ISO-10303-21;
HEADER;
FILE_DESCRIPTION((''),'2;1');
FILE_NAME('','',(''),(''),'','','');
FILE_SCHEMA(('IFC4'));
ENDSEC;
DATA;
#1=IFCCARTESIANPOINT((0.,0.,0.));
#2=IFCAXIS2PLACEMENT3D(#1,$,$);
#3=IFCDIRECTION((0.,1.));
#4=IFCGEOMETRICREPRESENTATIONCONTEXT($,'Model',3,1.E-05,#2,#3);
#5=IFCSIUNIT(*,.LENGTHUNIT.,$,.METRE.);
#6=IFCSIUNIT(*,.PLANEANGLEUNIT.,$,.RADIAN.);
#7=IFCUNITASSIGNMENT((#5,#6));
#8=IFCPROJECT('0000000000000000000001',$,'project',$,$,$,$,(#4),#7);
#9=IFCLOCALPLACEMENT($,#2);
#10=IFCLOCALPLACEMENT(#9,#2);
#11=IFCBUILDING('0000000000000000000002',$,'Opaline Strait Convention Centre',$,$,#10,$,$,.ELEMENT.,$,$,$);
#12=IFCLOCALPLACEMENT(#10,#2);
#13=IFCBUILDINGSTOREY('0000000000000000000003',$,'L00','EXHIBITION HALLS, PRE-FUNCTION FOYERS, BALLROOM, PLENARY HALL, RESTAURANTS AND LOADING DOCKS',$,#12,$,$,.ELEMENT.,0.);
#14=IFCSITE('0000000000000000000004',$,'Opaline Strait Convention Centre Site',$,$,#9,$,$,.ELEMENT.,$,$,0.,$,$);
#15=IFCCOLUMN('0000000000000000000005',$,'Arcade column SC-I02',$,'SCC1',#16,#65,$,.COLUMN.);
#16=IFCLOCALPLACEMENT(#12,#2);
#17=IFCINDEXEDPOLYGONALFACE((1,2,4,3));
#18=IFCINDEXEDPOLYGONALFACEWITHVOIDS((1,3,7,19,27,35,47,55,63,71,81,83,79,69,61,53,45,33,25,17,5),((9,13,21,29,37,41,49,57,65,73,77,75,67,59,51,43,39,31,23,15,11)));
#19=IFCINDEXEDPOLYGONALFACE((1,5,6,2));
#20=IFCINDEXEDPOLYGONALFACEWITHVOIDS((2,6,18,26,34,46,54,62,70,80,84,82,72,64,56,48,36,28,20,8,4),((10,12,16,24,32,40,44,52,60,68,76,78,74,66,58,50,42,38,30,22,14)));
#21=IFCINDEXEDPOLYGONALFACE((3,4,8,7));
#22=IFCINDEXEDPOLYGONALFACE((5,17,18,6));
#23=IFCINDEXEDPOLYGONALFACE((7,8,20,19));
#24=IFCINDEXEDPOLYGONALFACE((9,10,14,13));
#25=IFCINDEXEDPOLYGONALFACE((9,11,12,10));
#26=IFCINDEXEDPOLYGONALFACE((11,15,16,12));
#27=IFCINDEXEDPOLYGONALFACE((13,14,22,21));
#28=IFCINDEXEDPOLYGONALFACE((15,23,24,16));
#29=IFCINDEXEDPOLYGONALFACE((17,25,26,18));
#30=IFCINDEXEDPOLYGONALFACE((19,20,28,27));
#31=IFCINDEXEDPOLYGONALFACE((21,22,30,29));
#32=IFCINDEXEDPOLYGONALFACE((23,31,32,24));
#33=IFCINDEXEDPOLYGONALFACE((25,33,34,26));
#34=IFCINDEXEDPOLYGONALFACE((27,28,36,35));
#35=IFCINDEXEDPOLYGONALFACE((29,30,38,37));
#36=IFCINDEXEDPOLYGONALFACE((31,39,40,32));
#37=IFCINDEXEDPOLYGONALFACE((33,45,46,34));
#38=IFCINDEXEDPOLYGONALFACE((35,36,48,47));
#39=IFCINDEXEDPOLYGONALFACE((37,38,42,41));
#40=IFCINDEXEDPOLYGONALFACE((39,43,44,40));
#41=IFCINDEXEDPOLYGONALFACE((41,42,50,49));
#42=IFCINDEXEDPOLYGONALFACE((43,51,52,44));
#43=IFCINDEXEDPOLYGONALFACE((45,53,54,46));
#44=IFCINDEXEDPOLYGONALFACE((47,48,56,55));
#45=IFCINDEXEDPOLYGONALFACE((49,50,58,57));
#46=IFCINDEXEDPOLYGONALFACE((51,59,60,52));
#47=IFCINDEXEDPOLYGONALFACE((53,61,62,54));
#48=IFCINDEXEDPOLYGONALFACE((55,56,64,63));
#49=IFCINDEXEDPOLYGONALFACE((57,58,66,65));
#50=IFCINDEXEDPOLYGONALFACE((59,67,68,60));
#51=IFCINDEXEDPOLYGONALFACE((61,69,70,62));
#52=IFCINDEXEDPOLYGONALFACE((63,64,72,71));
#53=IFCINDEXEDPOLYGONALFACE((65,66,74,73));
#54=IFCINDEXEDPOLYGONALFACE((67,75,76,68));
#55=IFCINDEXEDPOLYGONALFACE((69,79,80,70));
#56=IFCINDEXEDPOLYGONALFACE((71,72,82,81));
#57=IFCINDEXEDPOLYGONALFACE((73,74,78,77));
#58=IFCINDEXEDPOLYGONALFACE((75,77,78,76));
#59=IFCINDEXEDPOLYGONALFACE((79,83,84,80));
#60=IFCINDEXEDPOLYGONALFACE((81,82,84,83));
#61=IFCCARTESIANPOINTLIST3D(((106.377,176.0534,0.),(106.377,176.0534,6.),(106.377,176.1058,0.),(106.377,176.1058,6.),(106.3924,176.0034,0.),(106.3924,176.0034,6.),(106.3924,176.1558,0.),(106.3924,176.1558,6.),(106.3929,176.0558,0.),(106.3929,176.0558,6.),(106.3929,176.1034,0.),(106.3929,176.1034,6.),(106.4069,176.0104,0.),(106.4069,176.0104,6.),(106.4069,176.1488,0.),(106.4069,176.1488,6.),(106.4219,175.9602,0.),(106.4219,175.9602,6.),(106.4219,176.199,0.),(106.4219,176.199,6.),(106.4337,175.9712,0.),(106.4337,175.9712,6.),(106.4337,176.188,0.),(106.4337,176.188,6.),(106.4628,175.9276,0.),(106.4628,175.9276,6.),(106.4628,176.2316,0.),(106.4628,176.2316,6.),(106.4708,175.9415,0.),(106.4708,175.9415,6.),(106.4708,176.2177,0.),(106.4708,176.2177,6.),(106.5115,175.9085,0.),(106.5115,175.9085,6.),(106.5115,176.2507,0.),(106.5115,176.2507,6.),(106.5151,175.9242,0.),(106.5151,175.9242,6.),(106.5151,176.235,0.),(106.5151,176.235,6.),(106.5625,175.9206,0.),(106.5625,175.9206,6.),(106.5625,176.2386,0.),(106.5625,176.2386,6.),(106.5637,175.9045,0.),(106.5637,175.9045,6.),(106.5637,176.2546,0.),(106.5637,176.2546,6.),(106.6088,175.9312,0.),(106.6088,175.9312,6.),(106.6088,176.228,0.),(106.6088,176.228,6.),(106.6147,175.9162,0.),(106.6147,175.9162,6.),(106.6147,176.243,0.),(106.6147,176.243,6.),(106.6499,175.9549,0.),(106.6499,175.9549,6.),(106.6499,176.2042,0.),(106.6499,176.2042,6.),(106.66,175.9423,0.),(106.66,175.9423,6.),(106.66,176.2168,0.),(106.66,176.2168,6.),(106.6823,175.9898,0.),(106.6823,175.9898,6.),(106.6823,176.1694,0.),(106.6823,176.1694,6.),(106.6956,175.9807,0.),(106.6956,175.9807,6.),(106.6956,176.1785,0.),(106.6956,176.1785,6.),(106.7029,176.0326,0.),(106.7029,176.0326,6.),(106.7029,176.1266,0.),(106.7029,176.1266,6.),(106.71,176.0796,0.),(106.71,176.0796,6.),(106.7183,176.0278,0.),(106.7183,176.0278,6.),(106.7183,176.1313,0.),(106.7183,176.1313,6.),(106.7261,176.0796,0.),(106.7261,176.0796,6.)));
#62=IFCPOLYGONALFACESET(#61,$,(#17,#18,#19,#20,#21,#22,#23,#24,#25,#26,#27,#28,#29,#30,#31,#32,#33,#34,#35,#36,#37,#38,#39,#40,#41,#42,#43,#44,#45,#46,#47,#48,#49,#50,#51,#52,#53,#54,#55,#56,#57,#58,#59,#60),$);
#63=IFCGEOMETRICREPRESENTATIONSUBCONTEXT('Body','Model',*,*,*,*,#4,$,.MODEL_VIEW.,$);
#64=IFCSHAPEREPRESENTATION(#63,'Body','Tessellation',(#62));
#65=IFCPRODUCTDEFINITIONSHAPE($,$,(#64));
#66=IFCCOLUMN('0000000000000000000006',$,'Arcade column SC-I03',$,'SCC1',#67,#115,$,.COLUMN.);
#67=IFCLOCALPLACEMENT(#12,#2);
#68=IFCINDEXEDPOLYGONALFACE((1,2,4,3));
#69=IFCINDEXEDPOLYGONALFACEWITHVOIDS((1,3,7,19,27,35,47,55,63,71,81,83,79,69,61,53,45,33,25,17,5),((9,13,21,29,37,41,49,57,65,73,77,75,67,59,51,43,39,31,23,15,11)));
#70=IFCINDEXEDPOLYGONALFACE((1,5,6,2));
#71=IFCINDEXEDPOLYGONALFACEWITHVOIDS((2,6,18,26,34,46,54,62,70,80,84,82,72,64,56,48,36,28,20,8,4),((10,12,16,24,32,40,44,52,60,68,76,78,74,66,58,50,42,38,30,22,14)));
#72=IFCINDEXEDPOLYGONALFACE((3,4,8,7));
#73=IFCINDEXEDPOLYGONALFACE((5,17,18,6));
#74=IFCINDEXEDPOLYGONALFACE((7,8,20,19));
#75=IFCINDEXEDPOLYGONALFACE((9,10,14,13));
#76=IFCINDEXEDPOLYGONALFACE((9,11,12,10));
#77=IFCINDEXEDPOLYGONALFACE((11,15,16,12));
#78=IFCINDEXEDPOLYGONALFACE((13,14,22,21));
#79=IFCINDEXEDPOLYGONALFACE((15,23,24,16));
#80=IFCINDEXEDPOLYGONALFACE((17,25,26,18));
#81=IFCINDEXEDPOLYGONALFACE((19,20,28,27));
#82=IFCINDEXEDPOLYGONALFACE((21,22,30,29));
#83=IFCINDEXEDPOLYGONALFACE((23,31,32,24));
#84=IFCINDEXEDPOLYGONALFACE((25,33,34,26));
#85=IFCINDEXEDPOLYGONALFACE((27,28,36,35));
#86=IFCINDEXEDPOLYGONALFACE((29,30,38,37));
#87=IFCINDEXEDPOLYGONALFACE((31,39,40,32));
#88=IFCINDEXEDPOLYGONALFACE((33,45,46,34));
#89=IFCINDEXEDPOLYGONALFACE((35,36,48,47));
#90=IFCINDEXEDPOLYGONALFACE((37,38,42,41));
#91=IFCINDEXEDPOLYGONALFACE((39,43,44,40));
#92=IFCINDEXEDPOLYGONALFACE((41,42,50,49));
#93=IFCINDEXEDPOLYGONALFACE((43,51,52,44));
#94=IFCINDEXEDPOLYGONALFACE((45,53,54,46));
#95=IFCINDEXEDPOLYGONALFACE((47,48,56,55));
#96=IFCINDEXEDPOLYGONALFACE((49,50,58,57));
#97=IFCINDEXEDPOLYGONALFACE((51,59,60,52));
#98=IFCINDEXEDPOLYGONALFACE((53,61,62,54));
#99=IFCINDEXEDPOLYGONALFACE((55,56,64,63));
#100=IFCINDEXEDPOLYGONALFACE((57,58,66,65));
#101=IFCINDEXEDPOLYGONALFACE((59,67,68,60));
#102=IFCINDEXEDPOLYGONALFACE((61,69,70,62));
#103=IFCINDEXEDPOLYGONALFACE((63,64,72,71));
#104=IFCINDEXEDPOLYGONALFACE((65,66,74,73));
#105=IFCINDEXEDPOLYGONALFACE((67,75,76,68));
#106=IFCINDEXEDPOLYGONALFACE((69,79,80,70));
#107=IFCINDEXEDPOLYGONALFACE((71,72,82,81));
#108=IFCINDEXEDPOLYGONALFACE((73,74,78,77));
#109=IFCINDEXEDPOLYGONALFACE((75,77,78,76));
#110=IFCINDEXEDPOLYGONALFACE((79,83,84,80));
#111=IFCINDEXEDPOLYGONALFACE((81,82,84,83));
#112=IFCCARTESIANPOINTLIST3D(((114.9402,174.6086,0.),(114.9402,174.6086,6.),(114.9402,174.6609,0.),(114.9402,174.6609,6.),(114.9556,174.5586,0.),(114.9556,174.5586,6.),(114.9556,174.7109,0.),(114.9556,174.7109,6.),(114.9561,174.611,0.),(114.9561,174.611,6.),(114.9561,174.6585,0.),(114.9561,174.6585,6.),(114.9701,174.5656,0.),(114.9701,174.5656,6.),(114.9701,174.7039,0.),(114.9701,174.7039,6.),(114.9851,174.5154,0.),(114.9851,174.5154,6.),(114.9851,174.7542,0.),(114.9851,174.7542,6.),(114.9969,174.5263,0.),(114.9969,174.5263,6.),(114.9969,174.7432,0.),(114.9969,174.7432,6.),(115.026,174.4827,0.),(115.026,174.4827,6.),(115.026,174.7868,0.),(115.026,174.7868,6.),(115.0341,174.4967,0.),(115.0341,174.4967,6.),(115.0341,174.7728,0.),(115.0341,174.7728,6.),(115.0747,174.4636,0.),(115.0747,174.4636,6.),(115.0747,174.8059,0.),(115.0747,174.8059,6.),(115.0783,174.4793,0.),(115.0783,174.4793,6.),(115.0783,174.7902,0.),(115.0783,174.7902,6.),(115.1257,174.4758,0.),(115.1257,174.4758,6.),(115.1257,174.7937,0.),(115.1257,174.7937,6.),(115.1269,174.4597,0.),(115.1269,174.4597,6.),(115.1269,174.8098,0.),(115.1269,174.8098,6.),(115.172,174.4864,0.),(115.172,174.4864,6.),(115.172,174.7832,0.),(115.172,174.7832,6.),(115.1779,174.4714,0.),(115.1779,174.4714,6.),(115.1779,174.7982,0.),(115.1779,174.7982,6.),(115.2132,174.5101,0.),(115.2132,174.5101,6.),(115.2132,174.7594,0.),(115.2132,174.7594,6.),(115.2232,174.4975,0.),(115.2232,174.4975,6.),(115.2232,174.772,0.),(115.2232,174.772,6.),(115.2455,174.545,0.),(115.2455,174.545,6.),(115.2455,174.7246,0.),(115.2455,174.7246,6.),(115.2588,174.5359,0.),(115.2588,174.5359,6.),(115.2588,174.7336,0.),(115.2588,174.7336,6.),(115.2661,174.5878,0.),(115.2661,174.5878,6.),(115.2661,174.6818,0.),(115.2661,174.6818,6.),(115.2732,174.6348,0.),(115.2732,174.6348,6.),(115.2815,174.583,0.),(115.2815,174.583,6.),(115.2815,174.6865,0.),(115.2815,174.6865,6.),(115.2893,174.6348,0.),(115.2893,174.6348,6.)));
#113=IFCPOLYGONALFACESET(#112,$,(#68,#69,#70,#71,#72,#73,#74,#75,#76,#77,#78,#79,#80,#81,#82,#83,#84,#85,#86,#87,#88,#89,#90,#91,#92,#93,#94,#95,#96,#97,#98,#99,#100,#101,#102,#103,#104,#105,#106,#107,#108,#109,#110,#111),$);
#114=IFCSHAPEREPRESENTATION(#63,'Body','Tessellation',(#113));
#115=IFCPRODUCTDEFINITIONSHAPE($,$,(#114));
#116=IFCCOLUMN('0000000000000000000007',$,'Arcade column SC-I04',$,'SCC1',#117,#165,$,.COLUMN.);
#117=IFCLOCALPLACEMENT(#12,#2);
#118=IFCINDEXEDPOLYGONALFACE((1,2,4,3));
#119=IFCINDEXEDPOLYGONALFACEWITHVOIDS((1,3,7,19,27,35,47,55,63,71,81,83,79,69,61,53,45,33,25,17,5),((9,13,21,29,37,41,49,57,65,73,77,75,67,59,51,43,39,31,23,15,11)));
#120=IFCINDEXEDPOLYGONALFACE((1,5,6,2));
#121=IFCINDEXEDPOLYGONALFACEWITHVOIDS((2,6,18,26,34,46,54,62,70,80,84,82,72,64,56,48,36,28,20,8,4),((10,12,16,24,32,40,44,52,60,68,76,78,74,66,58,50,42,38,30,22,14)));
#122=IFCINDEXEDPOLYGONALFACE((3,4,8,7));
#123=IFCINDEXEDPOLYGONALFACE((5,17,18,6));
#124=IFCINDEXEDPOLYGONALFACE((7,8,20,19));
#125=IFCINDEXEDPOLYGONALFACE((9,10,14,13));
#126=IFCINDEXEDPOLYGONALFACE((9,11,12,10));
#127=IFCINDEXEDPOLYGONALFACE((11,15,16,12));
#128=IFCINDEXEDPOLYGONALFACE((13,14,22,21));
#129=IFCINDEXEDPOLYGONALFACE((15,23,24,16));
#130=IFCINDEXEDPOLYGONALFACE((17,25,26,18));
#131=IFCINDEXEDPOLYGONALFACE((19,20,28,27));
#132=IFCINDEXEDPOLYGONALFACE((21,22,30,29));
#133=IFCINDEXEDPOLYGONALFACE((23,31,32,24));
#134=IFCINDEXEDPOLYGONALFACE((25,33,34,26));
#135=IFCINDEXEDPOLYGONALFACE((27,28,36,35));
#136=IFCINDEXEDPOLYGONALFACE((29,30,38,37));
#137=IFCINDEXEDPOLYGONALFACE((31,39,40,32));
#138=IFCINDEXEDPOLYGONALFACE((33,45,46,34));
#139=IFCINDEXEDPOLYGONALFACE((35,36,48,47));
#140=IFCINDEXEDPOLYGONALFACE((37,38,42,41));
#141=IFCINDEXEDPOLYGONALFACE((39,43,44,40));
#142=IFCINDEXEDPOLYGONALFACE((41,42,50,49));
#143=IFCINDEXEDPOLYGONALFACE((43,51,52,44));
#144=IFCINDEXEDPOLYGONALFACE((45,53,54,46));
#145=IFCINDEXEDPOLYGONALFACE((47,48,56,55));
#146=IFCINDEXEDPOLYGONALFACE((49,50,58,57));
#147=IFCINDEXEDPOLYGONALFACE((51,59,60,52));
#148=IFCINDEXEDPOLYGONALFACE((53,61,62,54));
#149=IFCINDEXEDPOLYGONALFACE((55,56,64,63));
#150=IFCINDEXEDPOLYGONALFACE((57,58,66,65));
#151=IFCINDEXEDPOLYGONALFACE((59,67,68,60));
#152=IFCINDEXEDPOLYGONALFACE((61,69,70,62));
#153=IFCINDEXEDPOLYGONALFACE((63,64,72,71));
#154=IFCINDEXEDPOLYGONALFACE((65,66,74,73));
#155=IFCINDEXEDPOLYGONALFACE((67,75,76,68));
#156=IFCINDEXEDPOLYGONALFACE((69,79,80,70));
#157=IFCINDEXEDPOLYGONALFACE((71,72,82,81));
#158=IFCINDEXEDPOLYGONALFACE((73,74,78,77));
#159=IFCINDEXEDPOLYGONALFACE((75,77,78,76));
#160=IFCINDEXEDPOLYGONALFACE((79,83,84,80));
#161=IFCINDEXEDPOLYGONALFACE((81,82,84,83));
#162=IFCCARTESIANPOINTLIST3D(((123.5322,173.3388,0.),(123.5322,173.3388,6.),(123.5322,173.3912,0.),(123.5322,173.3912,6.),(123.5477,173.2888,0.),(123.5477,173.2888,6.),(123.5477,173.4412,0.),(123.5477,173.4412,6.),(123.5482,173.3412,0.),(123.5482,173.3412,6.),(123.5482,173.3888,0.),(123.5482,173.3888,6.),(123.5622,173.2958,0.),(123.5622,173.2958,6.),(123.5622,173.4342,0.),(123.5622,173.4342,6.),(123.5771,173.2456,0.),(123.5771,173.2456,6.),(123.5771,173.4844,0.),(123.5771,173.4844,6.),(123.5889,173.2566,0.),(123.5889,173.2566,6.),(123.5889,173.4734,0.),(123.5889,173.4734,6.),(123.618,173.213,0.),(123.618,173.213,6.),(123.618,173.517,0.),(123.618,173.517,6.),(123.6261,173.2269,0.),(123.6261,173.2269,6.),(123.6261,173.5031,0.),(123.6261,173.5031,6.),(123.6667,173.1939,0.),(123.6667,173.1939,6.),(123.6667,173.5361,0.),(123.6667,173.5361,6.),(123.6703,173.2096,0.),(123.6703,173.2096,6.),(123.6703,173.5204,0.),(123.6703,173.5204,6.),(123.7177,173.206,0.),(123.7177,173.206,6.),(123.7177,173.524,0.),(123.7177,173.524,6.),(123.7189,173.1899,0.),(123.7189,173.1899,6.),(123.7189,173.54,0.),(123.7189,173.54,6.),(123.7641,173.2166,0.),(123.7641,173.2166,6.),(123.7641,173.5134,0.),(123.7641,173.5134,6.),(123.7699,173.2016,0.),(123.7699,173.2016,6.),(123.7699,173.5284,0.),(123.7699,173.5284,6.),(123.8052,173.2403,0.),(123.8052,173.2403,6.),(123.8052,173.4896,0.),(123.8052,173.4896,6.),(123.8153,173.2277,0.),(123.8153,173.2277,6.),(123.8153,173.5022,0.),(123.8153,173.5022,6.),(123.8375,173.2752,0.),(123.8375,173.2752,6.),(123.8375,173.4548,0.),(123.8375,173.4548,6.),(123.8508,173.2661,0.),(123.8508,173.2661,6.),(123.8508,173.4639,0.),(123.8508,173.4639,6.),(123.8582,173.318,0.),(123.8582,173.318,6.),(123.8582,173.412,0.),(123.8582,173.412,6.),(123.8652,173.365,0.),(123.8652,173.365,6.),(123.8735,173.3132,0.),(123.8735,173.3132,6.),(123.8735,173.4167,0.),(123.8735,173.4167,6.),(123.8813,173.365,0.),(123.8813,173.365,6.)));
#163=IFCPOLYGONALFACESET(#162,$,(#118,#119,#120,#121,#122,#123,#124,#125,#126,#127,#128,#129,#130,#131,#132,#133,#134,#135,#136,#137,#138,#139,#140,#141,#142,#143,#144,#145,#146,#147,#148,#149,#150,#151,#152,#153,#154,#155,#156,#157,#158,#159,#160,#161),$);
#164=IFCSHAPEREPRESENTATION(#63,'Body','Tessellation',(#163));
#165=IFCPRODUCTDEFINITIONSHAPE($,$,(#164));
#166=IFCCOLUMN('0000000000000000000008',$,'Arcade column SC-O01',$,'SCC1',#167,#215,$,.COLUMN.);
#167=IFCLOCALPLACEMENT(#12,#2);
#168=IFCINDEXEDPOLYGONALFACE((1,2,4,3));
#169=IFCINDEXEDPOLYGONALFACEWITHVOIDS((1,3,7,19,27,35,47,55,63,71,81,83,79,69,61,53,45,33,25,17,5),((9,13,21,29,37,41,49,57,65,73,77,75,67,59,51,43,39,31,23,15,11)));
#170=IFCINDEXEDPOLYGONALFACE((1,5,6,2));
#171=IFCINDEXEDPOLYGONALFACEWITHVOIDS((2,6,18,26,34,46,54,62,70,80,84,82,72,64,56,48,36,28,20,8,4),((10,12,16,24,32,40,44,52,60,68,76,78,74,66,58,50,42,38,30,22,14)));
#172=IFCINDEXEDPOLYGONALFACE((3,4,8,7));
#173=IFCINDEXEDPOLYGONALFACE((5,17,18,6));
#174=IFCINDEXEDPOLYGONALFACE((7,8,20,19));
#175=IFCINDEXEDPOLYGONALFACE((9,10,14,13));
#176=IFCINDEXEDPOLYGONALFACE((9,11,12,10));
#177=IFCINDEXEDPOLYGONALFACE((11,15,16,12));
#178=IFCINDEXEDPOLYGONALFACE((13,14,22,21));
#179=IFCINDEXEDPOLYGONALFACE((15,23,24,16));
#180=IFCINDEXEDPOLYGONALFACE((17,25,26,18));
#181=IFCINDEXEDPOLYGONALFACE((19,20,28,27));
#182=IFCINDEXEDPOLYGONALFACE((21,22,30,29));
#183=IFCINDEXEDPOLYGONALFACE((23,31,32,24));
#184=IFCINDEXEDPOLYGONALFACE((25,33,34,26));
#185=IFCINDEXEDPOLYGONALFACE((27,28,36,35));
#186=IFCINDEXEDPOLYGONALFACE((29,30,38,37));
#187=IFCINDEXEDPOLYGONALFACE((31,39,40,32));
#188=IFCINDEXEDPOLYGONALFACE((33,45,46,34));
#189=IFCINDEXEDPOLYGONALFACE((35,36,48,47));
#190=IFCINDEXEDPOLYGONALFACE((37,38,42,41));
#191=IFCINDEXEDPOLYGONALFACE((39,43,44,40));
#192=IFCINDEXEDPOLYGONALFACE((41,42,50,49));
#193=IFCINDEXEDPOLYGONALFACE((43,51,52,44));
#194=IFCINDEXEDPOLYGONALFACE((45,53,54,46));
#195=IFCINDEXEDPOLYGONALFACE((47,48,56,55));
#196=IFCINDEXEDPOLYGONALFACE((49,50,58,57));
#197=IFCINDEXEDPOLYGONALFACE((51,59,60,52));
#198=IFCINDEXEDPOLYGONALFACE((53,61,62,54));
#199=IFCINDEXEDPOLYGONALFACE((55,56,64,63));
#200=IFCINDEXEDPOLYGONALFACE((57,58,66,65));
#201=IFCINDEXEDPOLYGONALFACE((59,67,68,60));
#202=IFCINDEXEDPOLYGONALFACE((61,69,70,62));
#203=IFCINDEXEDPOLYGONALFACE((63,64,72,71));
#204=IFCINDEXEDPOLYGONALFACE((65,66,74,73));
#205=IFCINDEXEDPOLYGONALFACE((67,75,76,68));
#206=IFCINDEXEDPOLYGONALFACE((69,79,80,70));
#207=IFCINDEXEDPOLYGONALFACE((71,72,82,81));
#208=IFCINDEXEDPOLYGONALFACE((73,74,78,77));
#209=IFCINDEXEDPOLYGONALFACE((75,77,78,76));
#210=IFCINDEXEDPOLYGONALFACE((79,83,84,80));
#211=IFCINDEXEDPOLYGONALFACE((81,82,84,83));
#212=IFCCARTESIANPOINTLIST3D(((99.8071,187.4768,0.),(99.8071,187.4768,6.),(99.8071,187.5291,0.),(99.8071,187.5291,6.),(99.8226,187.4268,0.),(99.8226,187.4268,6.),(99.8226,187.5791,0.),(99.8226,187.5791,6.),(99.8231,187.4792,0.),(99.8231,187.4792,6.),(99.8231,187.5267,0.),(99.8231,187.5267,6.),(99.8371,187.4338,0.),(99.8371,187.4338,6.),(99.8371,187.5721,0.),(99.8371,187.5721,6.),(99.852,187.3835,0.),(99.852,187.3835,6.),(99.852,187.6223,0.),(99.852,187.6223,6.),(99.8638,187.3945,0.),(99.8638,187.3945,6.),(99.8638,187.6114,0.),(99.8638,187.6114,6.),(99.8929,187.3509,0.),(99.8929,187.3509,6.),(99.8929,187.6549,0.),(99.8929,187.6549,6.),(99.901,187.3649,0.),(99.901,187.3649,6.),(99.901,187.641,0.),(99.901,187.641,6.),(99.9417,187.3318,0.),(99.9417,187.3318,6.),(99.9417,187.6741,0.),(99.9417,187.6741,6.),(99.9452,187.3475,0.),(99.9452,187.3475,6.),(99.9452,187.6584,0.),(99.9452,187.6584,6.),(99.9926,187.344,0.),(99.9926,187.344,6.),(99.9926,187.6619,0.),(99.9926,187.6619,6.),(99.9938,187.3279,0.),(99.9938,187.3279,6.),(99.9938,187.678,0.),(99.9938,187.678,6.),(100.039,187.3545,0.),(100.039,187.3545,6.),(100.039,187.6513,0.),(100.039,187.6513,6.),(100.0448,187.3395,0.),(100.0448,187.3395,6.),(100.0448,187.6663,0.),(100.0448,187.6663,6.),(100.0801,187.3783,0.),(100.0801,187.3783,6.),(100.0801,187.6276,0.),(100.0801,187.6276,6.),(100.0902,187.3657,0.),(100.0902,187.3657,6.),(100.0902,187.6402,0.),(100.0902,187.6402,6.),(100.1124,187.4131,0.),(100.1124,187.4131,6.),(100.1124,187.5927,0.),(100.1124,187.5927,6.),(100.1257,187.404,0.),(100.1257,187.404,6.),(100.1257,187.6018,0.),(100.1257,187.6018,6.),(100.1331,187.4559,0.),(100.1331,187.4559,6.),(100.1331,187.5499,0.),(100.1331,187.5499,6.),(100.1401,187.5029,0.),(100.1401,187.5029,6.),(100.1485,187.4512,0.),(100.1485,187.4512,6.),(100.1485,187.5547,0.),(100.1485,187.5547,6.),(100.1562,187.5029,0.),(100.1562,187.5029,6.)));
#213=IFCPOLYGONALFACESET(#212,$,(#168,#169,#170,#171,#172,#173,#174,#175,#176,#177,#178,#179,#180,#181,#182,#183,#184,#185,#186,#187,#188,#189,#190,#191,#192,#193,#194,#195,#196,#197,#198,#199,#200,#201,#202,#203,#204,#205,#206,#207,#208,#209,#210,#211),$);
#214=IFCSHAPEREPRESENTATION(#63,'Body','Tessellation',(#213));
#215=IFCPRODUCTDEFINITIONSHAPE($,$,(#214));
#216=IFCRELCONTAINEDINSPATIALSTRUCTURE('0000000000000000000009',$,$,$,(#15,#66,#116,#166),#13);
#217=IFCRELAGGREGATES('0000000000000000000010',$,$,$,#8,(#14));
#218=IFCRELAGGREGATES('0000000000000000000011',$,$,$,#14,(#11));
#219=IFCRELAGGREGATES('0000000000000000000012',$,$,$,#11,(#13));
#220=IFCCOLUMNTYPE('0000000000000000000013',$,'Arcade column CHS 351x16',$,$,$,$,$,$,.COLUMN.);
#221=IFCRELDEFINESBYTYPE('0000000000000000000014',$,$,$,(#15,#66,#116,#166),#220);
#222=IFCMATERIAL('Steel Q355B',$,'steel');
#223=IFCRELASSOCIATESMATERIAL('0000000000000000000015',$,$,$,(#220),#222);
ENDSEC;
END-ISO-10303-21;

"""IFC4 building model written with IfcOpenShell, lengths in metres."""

from ifc_helpers import new_model, si_unit, direction, frame, origin, origin_2d, place, context, subcontext, project, spatial, hollow_circle, extrude, material, material_profile, profile_set, type_object, element, save


model = new_model("IFC4")

# Units and contexts
model_context = context("Model", 3, precision=1e-05, world=origin(), true_north=direction((0.0, 1.0)))
body_context = subcontext(model_context, "Body", "Model", "MODEL_VIEW")
ifc_project = project(units=[si_unit("LENGTHUNIT", "METRE"), si_unit("PLANEANGLEUNIT", "RADIAN")], contexts=[model_context])

# Site, building, storey
site_placement = place(None, origin())
site = spatial("IfcSite", under=ifc_project, at=site_placement, Name="Opaline Strait Convention Centre Site", CompositionType="ELEMENT", RefElevation=0.0)
building_placement = place(site_placement, origin())
building = spatial("IfcBuilding", under=site, at=building_placement, Name="Opaline Strait Convention Centre", CompositionType="ELEMENT")
storey_placement = place(building_placement, origin())
storey = spatial("IfcBuildingStorey", under=building, at=storey_placement, Name="L00", Description="EXHIBITION HALLS, PRE-FUNCTION FOYERS, BALLROOM, PLENARY HALL, RESTAURANTS AND LOADING DOCKS", CompositionType="ELEMENT", Elevation=0.0)

# Columns
ifc_material_1 = material(Name="Steel Q355B", Category="steel")
ifc_material_profile_1 = material_profile(ifc_material_1, hollow_circle(Radius=0.1755, WallThickness=0.0161, at=origin_2d()), Name="CHS 351x16")
ifc_profile_set_1 = profile_set([ifc_material_profile_1], Name="Steel Q355B")
column_type = type_object("IfcColumnType", Name="Arcade column CHS 351x16", PredefinedType="COLUMN", material=ifc_profile_set_1)
for number, where, z_axis, x_axis, name in (
    (1, (106.5505, 176.0796, 0.0), (0.0, 0.0, 1.0), (1.0, 0.0, 0.0), "Arcade column SC-I02"),
    (2, (115.1138, 174.6348, 0.0), (0.0, 0.0, 1.0), (1.0, 0.0, 0.0), "Arcade column SC-I03"),
    (3, (123.7058, 173.365, 0.0), (0.0, 0.0, 1.0), (1.0, 0.0, 0.0), "Arcade column SC-I04"),
    (4, (99.9807, 187.5029, 0.0), (0.0, 0.0, 1.0), (1.0, 0.0, 0.0), "Arcade column SC-O01"),
):
    element("IfcColumn", number, at=place(storey_placement, frame(where, z_axis=z_axis, x_axis=x_axis)), inside=storey, type_object=column_type, Name=name, ObjectType="SCC1", PredefinedType="COLUMN", context=body_context, shape_type="SweptSolid", body=[
        extrude(hollow_circle(Radius=0.1755, WallThickness=0.0161, at=origin_2d()), origin(), (0.0, 0.0, 1.0), 6.0),
    ])

save(model, "model.ifc")
